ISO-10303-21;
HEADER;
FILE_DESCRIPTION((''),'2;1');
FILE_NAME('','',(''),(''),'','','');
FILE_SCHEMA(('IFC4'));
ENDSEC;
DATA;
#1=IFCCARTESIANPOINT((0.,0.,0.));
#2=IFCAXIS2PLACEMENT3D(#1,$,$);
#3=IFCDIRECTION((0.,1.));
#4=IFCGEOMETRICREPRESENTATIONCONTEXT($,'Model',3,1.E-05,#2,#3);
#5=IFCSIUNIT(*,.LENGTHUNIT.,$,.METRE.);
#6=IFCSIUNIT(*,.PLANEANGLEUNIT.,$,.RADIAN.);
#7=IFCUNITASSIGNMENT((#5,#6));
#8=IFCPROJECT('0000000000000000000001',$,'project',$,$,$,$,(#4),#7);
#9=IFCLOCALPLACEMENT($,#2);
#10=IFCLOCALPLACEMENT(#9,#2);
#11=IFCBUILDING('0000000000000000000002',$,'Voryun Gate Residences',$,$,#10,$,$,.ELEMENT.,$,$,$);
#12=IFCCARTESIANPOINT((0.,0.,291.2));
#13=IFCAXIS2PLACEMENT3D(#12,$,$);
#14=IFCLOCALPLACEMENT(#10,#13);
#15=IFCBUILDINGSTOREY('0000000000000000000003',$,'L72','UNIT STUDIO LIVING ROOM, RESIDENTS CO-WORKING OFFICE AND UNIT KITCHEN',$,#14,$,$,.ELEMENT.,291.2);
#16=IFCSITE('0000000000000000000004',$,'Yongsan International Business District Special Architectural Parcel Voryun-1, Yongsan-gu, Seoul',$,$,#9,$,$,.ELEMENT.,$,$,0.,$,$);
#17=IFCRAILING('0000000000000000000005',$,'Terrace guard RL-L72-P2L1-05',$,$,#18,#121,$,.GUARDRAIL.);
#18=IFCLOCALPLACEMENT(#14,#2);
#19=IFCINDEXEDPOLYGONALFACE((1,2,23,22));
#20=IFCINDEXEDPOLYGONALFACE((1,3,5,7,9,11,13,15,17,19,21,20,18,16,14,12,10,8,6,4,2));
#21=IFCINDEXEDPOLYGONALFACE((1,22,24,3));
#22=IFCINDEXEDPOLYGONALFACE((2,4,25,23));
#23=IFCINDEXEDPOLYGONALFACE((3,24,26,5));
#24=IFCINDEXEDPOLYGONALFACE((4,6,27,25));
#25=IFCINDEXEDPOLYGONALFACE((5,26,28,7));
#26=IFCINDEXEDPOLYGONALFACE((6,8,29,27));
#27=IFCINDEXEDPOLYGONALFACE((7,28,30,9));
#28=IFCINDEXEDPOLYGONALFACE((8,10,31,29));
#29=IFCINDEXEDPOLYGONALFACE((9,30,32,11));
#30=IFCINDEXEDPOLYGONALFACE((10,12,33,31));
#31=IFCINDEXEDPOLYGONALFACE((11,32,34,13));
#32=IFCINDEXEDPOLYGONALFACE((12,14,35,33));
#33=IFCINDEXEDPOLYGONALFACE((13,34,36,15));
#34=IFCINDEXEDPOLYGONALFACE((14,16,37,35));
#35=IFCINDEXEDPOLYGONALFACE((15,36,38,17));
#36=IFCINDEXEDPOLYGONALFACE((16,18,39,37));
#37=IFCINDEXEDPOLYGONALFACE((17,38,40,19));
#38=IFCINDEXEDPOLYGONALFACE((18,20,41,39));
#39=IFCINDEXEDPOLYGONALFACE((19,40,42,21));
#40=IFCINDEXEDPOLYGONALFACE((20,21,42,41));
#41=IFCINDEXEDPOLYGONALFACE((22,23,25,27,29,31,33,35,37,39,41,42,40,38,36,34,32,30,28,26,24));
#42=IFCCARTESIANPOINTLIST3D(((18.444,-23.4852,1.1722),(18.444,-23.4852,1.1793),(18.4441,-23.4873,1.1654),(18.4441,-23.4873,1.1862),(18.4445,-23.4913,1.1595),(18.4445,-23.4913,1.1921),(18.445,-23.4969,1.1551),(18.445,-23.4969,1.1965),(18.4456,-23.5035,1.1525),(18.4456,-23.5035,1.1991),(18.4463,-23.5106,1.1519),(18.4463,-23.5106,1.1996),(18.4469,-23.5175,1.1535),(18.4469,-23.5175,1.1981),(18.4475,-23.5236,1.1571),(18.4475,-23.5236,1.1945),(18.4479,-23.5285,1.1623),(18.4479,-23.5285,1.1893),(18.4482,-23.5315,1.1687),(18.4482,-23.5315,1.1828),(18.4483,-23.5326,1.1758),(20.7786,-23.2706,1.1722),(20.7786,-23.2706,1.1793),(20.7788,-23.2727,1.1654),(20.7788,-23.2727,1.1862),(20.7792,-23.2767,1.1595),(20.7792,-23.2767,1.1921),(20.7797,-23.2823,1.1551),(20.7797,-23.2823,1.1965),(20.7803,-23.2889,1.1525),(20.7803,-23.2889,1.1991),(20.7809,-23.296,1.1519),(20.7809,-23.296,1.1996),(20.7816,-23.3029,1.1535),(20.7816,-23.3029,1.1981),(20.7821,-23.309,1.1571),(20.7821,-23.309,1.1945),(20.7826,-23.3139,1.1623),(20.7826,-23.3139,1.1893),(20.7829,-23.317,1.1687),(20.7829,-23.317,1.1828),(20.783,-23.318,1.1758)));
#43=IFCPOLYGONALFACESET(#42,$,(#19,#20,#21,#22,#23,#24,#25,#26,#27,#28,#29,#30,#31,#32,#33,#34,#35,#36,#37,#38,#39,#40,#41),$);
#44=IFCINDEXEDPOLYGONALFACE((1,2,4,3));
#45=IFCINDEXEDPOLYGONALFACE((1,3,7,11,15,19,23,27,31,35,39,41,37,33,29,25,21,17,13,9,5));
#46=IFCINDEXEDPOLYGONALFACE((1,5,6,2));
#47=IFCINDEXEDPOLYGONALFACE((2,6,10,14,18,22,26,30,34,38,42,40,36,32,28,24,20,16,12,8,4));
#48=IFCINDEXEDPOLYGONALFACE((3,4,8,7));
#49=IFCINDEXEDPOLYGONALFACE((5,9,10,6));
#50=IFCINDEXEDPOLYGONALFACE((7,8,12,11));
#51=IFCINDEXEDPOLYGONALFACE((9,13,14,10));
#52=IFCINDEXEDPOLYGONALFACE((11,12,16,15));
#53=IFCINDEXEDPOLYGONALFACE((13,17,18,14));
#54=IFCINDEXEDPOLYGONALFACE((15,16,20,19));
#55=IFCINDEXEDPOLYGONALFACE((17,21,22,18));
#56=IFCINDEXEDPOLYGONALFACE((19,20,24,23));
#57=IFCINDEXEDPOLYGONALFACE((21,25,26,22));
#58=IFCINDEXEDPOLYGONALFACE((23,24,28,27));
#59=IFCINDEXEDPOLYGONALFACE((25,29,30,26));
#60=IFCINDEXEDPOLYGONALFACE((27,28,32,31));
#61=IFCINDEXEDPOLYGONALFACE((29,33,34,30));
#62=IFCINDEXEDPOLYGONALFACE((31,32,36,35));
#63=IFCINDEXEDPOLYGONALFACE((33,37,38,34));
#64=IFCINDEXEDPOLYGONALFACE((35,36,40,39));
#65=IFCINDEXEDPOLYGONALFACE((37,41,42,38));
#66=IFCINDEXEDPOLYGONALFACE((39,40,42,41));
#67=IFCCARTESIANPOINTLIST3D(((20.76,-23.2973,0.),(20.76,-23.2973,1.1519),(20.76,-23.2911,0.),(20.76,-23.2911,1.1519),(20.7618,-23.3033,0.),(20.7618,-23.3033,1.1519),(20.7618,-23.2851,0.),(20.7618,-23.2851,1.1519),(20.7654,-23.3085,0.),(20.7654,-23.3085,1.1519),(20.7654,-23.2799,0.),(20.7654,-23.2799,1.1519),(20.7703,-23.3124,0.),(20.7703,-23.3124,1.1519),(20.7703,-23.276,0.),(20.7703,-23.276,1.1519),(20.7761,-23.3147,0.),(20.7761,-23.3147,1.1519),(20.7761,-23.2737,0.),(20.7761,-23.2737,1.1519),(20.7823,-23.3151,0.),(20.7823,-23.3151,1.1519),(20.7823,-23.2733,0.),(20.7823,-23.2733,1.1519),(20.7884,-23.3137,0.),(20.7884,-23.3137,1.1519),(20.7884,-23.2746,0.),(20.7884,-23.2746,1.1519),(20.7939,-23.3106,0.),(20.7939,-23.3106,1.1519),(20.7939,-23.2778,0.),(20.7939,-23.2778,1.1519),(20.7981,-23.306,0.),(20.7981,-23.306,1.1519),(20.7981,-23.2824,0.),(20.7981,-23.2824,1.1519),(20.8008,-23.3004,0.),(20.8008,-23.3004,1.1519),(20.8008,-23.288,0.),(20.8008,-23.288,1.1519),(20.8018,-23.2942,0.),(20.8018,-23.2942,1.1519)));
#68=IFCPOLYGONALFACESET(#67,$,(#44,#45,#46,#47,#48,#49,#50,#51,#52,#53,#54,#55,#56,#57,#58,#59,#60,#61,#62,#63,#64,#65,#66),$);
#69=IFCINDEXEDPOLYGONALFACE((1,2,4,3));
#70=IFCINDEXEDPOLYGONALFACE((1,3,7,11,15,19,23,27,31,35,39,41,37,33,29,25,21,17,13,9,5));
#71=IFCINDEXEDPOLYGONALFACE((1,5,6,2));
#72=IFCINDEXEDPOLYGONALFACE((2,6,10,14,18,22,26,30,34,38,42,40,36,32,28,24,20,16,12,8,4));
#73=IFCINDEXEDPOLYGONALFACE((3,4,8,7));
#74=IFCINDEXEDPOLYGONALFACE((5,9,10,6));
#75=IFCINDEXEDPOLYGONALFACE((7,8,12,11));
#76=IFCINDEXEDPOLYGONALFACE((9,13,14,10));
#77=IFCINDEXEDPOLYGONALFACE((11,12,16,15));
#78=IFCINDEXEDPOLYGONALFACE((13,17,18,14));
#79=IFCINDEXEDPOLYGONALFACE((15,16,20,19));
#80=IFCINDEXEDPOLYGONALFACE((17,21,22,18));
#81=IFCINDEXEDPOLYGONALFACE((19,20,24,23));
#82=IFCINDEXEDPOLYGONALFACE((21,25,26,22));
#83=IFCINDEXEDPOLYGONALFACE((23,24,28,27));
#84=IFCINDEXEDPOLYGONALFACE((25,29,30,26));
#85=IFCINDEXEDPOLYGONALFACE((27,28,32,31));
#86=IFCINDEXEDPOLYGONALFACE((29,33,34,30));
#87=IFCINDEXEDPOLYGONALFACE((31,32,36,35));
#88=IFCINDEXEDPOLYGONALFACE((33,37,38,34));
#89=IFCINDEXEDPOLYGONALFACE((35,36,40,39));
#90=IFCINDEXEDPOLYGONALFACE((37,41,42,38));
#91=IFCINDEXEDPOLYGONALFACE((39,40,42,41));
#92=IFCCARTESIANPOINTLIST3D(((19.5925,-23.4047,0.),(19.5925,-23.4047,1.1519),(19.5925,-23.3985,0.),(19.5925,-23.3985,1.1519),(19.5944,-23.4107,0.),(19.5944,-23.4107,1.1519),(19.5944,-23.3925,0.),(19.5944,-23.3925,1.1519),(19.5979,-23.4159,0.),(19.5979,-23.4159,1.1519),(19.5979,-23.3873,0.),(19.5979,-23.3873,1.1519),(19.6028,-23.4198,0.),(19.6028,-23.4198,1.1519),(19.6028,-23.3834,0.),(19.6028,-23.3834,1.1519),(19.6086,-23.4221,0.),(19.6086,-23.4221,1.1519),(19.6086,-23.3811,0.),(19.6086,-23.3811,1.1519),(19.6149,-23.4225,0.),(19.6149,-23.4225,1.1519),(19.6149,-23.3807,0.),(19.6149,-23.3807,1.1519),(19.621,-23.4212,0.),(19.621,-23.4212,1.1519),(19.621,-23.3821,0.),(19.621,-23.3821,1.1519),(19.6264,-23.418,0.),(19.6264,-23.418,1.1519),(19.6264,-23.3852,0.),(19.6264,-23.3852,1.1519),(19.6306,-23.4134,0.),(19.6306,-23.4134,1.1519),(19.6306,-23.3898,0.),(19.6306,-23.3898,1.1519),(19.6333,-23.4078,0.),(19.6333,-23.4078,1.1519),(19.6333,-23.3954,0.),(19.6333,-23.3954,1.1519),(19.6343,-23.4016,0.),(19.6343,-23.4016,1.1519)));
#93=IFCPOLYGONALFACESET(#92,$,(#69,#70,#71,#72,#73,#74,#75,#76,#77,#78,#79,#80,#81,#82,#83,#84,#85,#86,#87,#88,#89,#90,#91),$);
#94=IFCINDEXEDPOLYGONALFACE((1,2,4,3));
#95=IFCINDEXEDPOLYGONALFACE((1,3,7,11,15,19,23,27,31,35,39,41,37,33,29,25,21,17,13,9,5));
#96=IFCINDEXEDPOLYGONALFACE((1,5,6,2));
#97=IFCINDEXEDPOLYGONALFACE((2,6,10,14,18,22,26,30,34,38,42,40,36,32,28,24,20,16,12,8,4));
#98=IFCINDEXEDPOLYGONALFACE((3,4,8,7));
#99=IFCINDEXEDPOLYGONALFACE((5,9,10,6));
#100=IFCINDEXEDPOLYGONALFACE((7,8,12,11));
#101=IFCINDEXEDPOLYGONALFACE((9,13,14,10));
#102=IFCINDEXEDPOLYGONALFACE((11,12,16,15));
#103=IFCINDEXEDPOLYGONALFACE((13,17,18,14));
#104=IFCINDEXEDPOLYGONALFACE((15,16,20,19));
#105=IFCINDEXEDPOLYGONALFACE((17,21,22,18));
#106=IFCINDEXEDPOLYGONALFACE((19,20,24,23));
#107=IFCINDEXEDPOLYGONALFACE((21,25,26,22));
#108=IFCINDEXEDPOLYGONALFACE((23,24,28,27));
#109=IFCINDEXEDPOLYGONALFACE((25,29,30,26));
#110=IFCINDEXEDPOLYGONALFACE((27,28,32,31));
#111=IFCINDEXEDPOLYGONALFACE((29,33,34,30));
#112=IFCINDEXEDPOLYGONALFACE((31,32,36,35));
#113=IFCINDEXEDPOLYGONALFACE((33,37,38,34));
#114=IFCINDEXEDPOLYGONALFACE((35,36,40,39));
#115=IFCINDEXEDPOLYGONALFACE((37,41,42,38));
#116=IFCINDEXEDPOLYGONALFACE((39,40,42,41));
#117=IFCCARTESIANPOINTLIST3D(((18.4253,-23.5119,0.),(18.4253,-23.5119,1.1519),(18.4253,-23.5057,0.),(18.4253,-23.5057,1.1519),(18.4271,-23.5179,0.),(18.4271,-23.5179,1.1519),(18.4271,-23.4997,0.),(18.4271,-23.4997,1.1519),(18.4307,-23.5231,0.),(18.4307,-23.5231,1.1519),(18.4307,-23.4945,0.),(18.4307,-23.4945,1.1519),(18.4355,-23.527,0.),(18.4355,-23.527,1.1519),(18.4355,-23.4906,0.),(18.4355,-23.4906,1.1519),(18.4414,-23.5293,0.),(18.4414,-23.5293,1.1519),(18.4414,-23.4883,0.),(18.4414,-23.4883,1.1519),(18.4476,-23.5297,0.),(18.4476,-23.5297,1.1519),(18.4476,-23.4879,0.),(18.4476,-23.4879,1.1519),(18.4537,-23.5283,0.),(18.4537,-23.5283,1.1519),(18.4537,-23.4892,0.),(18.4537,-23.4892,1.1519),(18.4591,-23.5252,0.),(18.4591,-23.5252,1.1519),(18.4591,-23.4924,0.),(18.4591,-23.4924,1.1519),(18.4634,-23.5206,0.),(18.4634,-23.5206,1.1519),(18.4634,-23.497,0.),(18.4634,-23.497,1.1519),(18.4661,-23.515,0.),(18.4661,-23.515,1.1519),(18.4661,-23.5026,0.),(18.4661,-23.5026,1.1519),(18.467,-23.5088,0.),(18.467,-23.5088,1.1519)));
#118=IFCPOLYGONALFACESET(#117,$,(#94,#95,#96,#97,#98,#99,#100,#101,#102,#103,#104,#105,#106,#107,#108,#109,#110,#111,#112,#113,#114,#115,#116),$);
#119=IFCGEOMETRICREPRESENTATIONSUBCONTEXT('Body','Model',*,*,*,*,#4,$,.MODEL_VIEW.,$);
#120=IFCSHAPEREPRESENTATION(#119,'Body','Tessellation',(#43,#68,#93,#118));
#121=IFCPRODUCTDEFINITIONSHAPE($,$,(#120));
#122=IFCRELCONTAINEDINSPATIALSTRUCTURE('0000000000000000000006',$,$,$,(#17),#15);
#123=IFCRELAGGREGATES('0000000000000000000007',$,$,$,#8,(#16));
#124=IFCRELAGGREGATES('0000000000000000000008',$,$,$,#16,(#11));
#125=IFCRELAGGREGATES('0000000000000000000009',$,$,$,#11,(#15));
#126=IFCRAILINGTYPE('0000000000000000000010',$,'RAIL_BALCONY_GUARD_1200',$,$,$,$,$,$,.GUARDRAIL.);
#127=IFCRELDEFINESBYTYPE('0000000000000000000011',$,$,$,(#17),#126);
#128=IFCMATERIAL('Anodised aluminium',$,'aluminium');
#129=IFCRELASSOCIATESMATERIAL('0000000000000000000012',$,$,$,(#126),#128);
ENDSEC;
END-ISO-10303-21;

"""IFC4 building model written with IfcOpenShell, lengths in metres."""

from ifc_helpers import new_model, si_unit, direction, frame, origin, origin_2d, place, context, subcontext, project, spatial, circle, extrude, material, type_object, element, save


model = new_model("IFC4")

# Units and contexts
model_context = context("Model", 3, precision=1e-05, world=origin(), true_north=direction((0.0, 1.0)))
body_context = subcontext(model_context, "Body", "Model", "MODEL_VIEW")
ifc_project = project(units=[si_unit("LENGTHUNIT", "METRE"), si_unit("PLANEANGLEUNIT", "RADIAN")], contexts=[model_context])

# Site, building, storey
site_placement = place(None, origin())
site = spatial("IfcSite", under=ifc_project, at=site_placement, Name="Yongsan International Business District Special Architectural Parcel Voryun-1, Yongsan-gu, Seoul", CompositionType="ELEMENT", RefElevation=0.0)
building_placement = place(site_placement, origin())
building = spatial("IfcBuilding", under=site, at=building_placement, Name="Voryun Gate Residences", CompositionType="ELEMENT")
storey_placement = place(building_placement, frame((0.0, 0.0, 291.2)))
storey = spatial("IfcBuildingStorey", under=building, at=storey_placement, Name="L72", Description="UNIT STUDIO LIVING ROOM, RESIDENTS CO-WORKING OFFICE AND UNIT KITCHEN", CompositionType="ELEMENT", Elevation=291.2)

# Railing
ifc_material_1 = material(Name="Anodised aluminium", Category="aluminium")
railing_type = type_object("IfcRailingType", Name="RAIL_BALCONY_GUARD_1200", PredefinedType="GUARDRAIL", material=ifc_material_1)
railing_1_placement = place(storey_placement, frame((20.7808, -23.2942, 0.0)))
element("IfcRailing", 1, at=railing_1_placement, inside=storey, type_object=railing_type, Name="Terrace guard RL-L72-P2L1-05", PredefinedType="GUARDRAIL", context=body_context, shape_type="SweptSolid", body=[
    extrude(circle(Radius=0.0239, at=origin_2d()), frame((0.0, 0.0, 1.1758), z_axis=(-0.995802, -0.091531, 0.0), x_axis=(0.091531, -0.995802, 0.0)), (0.0, 0.0, 1.0), 2.3445),
    extrude(circle(Radius=0.021, at=origin_2d()), origin(), (0.0, 0.0, 1.0), 1.1519),
    extrude(circle(Radius=0.021, at=origin_2d()), frame((-1.1675, -0.1074, 0.0)), (0.0, 0.0, 1.0), 1.1519),
    extrude(circle(Radius=0.021, at=origin_2d()), frame((-2.3347, -0.2146, 0.0)), (0.0, 0.0, 1.0), 1.1519),
])

save(model, "model.ifc")
